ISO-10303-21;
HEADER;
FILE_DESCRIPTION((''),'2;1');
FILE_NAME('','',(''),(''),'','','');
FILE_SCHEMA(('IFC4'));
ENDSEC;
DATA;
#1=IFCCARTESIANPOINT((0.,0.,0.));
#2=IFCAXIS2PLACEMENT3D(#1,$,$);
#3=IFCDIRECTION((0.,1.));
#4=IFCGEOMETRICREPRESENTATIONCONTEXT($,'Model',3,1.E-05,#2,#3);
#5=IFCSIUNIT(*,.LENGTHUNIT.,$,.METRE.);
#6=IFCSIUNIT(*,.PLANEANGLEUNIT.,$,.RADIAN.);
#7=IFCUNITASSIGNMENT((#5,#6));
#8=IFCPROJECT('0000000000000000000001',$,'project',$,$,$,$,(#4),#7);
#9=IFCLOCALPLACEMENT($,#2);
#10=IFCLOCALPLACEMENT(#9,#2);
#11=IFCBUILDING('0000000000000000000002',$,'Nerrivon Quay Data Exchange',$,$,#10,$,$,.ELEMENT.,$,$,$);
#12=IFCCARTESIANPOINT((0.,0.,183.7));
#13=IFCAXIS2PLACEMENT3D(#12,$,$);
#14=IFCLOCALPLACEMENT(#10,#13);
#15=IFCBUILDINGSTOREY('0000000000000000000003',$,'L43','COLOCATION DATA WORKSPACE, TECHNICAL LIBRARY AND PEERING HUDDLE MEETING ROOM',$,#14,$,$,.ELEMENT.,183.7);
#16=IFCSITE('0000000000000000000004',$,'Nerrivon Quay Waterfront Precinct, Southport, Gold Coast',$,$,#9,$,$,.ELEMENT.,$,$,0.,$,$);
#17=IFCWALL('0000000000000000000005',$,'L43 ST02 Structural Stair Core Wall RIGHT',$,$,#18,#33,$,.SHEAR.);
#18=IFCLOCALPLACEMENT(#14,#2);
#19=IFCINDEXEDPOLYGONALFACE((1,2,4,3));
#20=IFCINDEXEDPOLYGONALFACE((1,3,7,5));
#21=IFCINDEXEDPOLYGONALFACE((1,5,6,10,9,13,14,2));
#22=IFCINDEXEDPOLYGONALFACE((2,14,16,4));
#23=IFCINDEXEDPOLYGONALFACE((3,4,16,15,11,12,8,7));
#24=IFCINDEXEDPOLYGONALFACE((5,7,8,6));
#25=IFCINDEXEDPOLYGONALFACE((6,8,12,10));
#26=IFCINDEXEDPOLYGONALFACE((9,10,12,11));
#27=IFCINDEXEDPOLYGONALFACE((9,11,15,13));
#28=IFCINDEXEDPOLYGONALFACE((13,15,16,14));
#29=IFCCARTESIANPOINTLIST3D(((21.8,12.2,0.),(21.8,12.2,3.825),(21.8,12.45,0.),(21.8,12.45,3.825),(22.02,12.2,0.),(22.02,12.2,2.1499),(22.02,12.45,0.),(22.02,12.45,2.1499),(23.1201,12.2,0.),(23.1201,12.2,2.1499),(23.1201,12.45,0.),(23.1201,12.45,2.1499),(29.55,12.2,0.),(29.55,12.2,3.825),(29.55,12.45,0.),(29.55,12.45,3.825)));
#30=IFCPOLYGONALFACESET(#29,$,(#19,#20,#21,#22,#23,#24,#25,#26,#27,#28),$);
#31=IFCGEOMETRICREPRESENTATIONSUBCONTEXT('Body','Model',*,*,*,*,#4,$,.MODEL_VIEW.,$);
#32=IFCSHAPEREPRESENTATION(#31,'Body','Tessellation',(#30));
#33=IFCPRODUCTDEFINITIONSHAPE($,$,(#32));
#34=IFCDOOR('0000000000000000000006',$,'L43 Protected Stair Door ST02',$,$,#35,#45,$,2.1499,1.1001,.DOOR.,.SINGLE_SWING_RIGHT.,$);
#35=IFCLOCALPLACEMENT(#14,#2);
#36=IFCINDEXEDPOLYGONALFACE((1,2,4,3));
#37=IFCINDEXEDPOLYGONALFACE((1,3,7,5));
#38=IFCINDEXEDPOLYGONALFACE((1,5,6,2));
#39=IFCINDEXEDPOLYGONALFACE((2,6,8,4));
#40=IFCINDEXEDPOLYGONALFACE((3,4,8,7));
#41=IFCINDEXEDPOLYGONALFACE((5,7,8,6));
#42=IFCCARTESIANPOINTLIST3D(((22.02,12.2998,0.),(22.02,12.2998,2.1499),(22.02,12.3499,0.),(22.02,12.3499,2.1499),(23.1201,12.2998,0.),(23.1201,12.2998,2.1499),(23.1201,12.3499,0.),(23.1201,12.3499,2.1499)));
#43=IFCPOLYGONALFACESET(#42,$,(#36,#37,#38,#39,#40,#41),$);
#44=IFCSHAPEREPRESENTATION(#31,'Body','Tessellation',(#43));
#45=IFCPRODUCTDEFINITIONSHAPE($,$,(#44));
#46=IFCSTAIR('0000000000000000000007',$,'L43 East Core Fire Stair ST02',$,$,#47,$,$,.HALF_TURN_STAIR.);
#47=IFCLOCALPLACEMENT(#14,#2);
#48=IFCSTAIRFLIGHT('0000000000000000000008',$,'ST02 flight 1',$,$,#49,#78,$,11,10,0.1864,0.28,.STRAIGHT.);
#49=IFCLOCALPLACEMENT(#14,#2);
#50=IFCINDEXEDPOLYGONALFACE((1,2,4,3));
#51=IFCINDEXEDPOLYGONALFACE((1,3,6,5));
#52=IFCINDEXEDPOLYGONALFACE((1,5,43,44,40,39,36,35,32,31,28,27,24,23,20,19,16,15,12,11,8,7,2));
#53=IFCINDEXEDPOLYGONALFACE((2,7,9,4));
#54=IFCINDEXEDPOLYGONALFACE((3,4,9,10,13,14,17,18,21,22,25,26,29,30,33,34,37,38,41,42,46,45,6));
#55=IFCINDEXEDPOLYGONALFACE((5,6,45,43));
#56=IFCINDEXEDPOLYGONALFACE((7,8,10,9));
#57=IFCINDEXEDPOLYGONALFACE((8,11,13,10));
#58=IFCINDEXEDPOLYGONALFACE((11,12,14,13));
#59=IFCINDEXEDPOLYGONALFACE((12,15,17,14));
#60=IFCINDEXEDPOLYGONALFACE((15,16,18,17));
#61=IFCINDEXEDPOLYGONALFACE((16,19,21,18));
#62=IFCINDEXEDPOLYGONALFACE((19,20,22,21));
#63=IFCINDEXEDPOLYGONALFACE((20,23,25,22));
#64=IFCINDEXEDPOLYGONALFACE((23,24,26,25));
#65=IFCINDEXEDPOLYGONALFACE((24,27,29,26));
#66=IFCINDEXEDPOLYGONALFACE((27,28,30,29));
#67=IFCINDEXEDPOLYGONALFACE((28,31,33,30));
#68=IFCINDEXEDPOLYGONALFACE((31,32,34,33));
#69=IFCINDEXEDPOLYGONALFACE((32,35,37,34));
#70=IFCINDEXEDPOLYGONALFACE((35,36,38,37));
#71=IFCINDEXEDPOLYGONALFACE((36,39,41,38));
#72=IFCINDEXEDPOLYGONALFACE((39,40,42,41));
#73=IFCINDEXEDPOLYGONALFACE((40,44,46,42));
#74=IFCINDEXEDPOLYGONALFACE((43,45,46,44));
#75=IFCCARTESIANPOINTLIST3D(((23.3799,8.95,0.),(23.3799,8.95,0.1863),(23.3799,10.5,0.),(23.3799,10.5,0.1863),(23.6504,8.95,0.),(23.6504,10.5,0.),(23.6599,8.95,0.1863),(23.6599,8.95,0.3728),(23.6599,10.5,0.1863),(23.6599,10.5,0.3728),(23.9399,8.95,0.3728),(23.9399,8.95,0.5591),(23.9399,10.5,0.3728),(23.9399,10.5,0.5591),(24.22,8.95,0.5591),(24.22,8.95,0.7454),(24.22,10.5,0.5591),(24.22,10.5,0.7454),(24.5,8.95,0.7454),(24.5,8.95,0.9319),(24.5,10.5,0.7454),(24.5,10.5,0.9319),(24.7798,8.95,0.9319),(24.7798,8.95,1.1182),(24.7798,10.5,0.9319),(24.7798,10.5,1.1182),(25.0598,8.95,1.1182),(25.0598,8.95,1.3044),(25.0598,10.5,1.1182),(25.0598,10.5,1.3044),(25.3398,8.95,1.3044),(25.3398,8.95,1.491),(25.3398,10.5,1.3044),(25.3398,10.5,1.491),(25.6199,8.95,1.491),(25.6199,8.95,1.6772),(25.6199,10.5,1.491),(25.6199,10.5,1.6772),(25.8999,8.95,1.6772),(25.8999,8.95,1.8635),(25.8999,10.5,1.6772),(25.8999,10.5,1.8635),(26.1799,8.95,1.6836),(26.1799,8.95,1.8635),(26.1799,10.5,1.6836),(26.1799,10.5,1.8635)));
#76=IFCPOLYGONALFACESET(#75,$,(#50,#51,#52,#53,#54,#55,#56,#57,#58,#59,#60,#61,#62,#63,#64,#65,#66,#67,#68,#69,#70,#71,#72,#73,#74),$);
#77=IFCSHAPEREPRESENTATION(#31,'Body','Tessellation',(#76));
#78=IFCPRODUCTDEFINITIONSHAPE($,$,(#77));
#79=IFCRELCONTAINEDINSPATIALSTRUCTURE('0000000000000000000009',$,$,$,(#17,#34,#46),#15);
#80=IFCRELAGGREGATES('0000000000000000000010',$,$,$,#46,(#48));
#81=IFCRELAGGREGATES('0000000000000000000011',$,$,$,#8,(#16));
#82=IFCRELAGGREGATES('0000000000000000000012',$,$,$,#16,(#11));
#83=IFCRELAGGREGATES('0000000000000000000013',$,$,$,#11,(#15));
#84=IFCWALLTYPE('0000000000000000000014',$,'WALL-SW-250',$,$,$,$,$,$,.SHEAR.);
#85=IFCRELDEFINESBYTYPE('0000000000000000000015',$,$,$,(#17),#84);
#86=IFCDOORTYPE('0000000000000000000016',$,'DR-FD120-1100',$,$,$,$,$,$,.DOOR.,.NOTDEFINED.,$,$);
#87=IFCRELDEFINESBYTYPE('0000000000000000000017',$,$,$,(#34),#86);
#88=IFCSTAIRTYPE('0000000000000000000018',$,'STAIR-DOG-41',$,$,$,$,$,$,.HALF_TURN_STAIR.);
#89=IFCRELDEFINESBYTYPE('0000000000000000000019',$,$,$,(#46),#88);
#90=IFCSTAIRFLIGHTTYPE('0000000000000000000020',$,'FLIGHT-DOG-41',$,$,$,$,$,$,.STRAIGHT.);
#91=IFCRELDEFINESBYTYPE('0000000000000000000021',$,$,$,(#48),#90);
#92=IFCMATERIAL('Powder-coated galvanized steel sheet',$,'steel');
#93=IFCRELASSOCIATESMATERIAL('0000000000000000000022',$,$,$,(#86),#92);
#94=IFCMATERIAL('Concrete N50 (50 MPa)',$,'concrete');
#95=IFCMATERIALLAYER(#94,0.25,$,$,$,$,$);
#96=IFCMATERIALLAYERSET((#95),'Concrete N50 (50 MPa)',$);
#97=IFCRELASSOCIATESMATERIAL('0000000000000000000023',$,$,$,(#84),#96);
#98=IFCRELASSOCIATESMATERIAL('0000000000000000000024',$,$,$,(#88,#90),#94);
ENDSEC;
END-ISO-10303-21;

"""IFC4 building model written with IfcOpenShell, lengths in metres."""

from ifc_helpers import new_model, si_unit, direction, frame, frame_2d, origin, place, context, subcontext, project, spatial, polyline, rectangle, outline, extrude, material, layer, layer_set, type_object, element, fill, aggregate, save


model = new_model("IFC4")

# Units and contexts
model_context = context("Model", 3, precision=1e-05, world=origin(), true_north=direction((0.0, 1.0)))
body_context = subcontext(model_context, "Body", "Model", "MODEL_VIEW")
ifc_project = project(units=[si_unit("LENGTHUNIT", "METRE"), si_unit("PLANEANGLEUNIT", "RADIAN")], contexts=[model_context])

# Site, building, storey
site_placement = place(None, origin())
site = spatial("IfcSite", under=ifc_project, at=site_placement, Name="Nerrivon Quay Waterfront Precinct, Southport, Gold Coast", CompositionType="ELEMENT", RefElevation=0.0)
building_placement = place(site_placement, origin())
building = spatial("IfcBuilding", under=site, at=building_placement, Name="Nerrivon Quay Data Exchange", CompositionType="ELEMENT")
storey_placement = place(building_placement, frame((0.0, 0.0, 183.7)))
storey = spatial("IfcBuildingStorey", under=building, at=storey_placement, Name="L43", Description="COLOCATION DATA WORKSPACE, TECHNICAL LIBRARY AND PEERING HUDDLE MEETING ROOM", CompositionType="ELEMENT", Elevation=183.7)

# Shared definitions
ifc_material_1 = material(Name="Concrete N50 (50 MPa)", Category="concrete")

# Shared definitions
ifc_material_2 = material(Name="Powder-coated galvanized steel sheet", Category="steel")
door_type_1 = type_object("IfcDoorType", Name="DR-FD120-1100", OperationType="NOTDEFINED", PredefinedType="DOOR", material=ifc_material_2)

# Shared definitions
ifc_layer_1 = layer(ifc_material_1, 0.25)
ifc_layer_set_1 = layer_set([ifc_layer_1], Name="Concrete N50 (50 MPa)")
wall_type_1 = type_object("IfcWallType", Name="WALL-SW-250", PredefinedType="SHEAR", material=ifc_layer_set_1)

# Wall, opening, door
wall_1_placement = place(storey_placement, frame((21.8, 12.325, 0.0), z_axis=(0.0, 0.0, 1.0), x_axis=(1.0, 0.0, 0.0)))
wall_1 = element("IfcWall", 1, at=wall_1_placement, inside=storey, type_object=wall_type_1, Name="L43 ST02 Structural Stair Core Wall RIGHT", PredefinedType="SHEAR", context=body_context, shape_type="SweptSolid", body=[
    extrude(rectangle(XDim=7.75, YDim=0.25, at=frame_2d((3.875, 0.0))), origin(), (0.0, 0.0, 1.0), 3.825),
])
opening_1_placement = place(wall_1_placement, frame((0.22, 0.0, 0.0)))
opening_1 = element("IfcOpeningElement", 2, at=opening_1_placement, cuts=wall_1, PredefinedType="OPENING", context=body_context, shape_type="SweptSolid", body=[
    extrude(rectangle(XDim=1.1001, YDim=2.1499, at=frame_2d((0.55, 1.075))), frame((0.0, 0.135, 0.0), z_axis=(0.0, -1.0, 0.0), x_axis=(1.0, 0.0, 0.0)), (0.0, 0.0, 1.0), 0.27),
])
door_1_placement = place(opening_1_placement, origin())
door_1 = element("IfcDoor", 3, at=door_1_placement, inside=storey, type_object=door_type_1, Name="L43 Protected Stair Door ST02", OperationType="SINGLE_SWING_RIGHT", OverallHeight=2.1499, OverallWidth=1.1001, PredefinedType="DOOR", context=body_context, shape_type="SweptSolid", body=[
    extrude(rectangle(XDim=1.1001, YDim=2.1499, at=frame_2d((0.55, 1.075))), frame((0.0, 0.0249, 0.0), z_axis=(0.0, -1.0, 0.0), x_axis=(1.0, 0.0, 0.0)), (0.0, 0.0, 1.0), 0.05),
])
fill(opening_1, door_1)

# Stair, stair flight
stair_type = type_object("IfcStairType", Name="STAIR-DOG-41", PredefinedType="HALF_TURN_STAIR", material=ifc_material_1)
stair_placement = place(storey_placement, origin())
stair = element("IfcStair", 4, at=stair_placement, inside=storey, type_object=stair_type, Name="L43 East Core Fire Stair ST02", PredefinedType="HALF_TURN_STAIR")
stair_flight_type = type_object("IfcStairFlightType", Name="FLIGHT-DOG-41", PredefinedType="STRAIGHT", material=ifc_material_1)
stair_flight_placement = place(storey_placement, frame((23.3799, 9.7251, 0.0), z_axis=(0.0, 0.0, 1.0), x_axis=(1.0, 0.0, 0.0)))
stair_flight = element("IfcStairFlight", 5, at=stair_flight_placement, type_object=stair_flight_type, Name="ST02 flight 1", NumberOfRisers=11, NumberOfTreads=10, PredefinedType="STRAIGHT", RiserHeight=0.1864, TreadLength=0.28, context=body_context, shape_type="SweptSolid", body=[
    extrude(outline(polyline([(0.0, 0.0), (0.0, 0.1863), (0.28, 0.1863), (0.28, 0.3728), (0.5601, 0.3728), (0.5601, 0.5591), (0.8401, 0.5591), (0.8401, 0.7454), (1.1201, 0.7454), (1.1201, 0.9319), (1.3999, 0.9319), (1.3999, 1.1182), (1.6799, 1.1182), (1.6799, 1.3044), (1.96, 1.3044), (1.96, 1.491), (2.24, 1.491), (2.24, 1.6772), (2.52, 1.6772), (2.52, 1.8635), (2.8, 1.8635), (2.8, 2.05), (2.8, 1.6836), (0.2705, 0.0), (0.0, 0.0)])), frame((0.0, 0.7749, 0.0), z_axis=(0.0, -1.0, 0.0), x_axis=(1.0, 0.0, 0.0)), (0.0, 0.0, 1.0), 1.55),
])
aggregate(stair, [stair_flight])

save(model, "model.ifc")
